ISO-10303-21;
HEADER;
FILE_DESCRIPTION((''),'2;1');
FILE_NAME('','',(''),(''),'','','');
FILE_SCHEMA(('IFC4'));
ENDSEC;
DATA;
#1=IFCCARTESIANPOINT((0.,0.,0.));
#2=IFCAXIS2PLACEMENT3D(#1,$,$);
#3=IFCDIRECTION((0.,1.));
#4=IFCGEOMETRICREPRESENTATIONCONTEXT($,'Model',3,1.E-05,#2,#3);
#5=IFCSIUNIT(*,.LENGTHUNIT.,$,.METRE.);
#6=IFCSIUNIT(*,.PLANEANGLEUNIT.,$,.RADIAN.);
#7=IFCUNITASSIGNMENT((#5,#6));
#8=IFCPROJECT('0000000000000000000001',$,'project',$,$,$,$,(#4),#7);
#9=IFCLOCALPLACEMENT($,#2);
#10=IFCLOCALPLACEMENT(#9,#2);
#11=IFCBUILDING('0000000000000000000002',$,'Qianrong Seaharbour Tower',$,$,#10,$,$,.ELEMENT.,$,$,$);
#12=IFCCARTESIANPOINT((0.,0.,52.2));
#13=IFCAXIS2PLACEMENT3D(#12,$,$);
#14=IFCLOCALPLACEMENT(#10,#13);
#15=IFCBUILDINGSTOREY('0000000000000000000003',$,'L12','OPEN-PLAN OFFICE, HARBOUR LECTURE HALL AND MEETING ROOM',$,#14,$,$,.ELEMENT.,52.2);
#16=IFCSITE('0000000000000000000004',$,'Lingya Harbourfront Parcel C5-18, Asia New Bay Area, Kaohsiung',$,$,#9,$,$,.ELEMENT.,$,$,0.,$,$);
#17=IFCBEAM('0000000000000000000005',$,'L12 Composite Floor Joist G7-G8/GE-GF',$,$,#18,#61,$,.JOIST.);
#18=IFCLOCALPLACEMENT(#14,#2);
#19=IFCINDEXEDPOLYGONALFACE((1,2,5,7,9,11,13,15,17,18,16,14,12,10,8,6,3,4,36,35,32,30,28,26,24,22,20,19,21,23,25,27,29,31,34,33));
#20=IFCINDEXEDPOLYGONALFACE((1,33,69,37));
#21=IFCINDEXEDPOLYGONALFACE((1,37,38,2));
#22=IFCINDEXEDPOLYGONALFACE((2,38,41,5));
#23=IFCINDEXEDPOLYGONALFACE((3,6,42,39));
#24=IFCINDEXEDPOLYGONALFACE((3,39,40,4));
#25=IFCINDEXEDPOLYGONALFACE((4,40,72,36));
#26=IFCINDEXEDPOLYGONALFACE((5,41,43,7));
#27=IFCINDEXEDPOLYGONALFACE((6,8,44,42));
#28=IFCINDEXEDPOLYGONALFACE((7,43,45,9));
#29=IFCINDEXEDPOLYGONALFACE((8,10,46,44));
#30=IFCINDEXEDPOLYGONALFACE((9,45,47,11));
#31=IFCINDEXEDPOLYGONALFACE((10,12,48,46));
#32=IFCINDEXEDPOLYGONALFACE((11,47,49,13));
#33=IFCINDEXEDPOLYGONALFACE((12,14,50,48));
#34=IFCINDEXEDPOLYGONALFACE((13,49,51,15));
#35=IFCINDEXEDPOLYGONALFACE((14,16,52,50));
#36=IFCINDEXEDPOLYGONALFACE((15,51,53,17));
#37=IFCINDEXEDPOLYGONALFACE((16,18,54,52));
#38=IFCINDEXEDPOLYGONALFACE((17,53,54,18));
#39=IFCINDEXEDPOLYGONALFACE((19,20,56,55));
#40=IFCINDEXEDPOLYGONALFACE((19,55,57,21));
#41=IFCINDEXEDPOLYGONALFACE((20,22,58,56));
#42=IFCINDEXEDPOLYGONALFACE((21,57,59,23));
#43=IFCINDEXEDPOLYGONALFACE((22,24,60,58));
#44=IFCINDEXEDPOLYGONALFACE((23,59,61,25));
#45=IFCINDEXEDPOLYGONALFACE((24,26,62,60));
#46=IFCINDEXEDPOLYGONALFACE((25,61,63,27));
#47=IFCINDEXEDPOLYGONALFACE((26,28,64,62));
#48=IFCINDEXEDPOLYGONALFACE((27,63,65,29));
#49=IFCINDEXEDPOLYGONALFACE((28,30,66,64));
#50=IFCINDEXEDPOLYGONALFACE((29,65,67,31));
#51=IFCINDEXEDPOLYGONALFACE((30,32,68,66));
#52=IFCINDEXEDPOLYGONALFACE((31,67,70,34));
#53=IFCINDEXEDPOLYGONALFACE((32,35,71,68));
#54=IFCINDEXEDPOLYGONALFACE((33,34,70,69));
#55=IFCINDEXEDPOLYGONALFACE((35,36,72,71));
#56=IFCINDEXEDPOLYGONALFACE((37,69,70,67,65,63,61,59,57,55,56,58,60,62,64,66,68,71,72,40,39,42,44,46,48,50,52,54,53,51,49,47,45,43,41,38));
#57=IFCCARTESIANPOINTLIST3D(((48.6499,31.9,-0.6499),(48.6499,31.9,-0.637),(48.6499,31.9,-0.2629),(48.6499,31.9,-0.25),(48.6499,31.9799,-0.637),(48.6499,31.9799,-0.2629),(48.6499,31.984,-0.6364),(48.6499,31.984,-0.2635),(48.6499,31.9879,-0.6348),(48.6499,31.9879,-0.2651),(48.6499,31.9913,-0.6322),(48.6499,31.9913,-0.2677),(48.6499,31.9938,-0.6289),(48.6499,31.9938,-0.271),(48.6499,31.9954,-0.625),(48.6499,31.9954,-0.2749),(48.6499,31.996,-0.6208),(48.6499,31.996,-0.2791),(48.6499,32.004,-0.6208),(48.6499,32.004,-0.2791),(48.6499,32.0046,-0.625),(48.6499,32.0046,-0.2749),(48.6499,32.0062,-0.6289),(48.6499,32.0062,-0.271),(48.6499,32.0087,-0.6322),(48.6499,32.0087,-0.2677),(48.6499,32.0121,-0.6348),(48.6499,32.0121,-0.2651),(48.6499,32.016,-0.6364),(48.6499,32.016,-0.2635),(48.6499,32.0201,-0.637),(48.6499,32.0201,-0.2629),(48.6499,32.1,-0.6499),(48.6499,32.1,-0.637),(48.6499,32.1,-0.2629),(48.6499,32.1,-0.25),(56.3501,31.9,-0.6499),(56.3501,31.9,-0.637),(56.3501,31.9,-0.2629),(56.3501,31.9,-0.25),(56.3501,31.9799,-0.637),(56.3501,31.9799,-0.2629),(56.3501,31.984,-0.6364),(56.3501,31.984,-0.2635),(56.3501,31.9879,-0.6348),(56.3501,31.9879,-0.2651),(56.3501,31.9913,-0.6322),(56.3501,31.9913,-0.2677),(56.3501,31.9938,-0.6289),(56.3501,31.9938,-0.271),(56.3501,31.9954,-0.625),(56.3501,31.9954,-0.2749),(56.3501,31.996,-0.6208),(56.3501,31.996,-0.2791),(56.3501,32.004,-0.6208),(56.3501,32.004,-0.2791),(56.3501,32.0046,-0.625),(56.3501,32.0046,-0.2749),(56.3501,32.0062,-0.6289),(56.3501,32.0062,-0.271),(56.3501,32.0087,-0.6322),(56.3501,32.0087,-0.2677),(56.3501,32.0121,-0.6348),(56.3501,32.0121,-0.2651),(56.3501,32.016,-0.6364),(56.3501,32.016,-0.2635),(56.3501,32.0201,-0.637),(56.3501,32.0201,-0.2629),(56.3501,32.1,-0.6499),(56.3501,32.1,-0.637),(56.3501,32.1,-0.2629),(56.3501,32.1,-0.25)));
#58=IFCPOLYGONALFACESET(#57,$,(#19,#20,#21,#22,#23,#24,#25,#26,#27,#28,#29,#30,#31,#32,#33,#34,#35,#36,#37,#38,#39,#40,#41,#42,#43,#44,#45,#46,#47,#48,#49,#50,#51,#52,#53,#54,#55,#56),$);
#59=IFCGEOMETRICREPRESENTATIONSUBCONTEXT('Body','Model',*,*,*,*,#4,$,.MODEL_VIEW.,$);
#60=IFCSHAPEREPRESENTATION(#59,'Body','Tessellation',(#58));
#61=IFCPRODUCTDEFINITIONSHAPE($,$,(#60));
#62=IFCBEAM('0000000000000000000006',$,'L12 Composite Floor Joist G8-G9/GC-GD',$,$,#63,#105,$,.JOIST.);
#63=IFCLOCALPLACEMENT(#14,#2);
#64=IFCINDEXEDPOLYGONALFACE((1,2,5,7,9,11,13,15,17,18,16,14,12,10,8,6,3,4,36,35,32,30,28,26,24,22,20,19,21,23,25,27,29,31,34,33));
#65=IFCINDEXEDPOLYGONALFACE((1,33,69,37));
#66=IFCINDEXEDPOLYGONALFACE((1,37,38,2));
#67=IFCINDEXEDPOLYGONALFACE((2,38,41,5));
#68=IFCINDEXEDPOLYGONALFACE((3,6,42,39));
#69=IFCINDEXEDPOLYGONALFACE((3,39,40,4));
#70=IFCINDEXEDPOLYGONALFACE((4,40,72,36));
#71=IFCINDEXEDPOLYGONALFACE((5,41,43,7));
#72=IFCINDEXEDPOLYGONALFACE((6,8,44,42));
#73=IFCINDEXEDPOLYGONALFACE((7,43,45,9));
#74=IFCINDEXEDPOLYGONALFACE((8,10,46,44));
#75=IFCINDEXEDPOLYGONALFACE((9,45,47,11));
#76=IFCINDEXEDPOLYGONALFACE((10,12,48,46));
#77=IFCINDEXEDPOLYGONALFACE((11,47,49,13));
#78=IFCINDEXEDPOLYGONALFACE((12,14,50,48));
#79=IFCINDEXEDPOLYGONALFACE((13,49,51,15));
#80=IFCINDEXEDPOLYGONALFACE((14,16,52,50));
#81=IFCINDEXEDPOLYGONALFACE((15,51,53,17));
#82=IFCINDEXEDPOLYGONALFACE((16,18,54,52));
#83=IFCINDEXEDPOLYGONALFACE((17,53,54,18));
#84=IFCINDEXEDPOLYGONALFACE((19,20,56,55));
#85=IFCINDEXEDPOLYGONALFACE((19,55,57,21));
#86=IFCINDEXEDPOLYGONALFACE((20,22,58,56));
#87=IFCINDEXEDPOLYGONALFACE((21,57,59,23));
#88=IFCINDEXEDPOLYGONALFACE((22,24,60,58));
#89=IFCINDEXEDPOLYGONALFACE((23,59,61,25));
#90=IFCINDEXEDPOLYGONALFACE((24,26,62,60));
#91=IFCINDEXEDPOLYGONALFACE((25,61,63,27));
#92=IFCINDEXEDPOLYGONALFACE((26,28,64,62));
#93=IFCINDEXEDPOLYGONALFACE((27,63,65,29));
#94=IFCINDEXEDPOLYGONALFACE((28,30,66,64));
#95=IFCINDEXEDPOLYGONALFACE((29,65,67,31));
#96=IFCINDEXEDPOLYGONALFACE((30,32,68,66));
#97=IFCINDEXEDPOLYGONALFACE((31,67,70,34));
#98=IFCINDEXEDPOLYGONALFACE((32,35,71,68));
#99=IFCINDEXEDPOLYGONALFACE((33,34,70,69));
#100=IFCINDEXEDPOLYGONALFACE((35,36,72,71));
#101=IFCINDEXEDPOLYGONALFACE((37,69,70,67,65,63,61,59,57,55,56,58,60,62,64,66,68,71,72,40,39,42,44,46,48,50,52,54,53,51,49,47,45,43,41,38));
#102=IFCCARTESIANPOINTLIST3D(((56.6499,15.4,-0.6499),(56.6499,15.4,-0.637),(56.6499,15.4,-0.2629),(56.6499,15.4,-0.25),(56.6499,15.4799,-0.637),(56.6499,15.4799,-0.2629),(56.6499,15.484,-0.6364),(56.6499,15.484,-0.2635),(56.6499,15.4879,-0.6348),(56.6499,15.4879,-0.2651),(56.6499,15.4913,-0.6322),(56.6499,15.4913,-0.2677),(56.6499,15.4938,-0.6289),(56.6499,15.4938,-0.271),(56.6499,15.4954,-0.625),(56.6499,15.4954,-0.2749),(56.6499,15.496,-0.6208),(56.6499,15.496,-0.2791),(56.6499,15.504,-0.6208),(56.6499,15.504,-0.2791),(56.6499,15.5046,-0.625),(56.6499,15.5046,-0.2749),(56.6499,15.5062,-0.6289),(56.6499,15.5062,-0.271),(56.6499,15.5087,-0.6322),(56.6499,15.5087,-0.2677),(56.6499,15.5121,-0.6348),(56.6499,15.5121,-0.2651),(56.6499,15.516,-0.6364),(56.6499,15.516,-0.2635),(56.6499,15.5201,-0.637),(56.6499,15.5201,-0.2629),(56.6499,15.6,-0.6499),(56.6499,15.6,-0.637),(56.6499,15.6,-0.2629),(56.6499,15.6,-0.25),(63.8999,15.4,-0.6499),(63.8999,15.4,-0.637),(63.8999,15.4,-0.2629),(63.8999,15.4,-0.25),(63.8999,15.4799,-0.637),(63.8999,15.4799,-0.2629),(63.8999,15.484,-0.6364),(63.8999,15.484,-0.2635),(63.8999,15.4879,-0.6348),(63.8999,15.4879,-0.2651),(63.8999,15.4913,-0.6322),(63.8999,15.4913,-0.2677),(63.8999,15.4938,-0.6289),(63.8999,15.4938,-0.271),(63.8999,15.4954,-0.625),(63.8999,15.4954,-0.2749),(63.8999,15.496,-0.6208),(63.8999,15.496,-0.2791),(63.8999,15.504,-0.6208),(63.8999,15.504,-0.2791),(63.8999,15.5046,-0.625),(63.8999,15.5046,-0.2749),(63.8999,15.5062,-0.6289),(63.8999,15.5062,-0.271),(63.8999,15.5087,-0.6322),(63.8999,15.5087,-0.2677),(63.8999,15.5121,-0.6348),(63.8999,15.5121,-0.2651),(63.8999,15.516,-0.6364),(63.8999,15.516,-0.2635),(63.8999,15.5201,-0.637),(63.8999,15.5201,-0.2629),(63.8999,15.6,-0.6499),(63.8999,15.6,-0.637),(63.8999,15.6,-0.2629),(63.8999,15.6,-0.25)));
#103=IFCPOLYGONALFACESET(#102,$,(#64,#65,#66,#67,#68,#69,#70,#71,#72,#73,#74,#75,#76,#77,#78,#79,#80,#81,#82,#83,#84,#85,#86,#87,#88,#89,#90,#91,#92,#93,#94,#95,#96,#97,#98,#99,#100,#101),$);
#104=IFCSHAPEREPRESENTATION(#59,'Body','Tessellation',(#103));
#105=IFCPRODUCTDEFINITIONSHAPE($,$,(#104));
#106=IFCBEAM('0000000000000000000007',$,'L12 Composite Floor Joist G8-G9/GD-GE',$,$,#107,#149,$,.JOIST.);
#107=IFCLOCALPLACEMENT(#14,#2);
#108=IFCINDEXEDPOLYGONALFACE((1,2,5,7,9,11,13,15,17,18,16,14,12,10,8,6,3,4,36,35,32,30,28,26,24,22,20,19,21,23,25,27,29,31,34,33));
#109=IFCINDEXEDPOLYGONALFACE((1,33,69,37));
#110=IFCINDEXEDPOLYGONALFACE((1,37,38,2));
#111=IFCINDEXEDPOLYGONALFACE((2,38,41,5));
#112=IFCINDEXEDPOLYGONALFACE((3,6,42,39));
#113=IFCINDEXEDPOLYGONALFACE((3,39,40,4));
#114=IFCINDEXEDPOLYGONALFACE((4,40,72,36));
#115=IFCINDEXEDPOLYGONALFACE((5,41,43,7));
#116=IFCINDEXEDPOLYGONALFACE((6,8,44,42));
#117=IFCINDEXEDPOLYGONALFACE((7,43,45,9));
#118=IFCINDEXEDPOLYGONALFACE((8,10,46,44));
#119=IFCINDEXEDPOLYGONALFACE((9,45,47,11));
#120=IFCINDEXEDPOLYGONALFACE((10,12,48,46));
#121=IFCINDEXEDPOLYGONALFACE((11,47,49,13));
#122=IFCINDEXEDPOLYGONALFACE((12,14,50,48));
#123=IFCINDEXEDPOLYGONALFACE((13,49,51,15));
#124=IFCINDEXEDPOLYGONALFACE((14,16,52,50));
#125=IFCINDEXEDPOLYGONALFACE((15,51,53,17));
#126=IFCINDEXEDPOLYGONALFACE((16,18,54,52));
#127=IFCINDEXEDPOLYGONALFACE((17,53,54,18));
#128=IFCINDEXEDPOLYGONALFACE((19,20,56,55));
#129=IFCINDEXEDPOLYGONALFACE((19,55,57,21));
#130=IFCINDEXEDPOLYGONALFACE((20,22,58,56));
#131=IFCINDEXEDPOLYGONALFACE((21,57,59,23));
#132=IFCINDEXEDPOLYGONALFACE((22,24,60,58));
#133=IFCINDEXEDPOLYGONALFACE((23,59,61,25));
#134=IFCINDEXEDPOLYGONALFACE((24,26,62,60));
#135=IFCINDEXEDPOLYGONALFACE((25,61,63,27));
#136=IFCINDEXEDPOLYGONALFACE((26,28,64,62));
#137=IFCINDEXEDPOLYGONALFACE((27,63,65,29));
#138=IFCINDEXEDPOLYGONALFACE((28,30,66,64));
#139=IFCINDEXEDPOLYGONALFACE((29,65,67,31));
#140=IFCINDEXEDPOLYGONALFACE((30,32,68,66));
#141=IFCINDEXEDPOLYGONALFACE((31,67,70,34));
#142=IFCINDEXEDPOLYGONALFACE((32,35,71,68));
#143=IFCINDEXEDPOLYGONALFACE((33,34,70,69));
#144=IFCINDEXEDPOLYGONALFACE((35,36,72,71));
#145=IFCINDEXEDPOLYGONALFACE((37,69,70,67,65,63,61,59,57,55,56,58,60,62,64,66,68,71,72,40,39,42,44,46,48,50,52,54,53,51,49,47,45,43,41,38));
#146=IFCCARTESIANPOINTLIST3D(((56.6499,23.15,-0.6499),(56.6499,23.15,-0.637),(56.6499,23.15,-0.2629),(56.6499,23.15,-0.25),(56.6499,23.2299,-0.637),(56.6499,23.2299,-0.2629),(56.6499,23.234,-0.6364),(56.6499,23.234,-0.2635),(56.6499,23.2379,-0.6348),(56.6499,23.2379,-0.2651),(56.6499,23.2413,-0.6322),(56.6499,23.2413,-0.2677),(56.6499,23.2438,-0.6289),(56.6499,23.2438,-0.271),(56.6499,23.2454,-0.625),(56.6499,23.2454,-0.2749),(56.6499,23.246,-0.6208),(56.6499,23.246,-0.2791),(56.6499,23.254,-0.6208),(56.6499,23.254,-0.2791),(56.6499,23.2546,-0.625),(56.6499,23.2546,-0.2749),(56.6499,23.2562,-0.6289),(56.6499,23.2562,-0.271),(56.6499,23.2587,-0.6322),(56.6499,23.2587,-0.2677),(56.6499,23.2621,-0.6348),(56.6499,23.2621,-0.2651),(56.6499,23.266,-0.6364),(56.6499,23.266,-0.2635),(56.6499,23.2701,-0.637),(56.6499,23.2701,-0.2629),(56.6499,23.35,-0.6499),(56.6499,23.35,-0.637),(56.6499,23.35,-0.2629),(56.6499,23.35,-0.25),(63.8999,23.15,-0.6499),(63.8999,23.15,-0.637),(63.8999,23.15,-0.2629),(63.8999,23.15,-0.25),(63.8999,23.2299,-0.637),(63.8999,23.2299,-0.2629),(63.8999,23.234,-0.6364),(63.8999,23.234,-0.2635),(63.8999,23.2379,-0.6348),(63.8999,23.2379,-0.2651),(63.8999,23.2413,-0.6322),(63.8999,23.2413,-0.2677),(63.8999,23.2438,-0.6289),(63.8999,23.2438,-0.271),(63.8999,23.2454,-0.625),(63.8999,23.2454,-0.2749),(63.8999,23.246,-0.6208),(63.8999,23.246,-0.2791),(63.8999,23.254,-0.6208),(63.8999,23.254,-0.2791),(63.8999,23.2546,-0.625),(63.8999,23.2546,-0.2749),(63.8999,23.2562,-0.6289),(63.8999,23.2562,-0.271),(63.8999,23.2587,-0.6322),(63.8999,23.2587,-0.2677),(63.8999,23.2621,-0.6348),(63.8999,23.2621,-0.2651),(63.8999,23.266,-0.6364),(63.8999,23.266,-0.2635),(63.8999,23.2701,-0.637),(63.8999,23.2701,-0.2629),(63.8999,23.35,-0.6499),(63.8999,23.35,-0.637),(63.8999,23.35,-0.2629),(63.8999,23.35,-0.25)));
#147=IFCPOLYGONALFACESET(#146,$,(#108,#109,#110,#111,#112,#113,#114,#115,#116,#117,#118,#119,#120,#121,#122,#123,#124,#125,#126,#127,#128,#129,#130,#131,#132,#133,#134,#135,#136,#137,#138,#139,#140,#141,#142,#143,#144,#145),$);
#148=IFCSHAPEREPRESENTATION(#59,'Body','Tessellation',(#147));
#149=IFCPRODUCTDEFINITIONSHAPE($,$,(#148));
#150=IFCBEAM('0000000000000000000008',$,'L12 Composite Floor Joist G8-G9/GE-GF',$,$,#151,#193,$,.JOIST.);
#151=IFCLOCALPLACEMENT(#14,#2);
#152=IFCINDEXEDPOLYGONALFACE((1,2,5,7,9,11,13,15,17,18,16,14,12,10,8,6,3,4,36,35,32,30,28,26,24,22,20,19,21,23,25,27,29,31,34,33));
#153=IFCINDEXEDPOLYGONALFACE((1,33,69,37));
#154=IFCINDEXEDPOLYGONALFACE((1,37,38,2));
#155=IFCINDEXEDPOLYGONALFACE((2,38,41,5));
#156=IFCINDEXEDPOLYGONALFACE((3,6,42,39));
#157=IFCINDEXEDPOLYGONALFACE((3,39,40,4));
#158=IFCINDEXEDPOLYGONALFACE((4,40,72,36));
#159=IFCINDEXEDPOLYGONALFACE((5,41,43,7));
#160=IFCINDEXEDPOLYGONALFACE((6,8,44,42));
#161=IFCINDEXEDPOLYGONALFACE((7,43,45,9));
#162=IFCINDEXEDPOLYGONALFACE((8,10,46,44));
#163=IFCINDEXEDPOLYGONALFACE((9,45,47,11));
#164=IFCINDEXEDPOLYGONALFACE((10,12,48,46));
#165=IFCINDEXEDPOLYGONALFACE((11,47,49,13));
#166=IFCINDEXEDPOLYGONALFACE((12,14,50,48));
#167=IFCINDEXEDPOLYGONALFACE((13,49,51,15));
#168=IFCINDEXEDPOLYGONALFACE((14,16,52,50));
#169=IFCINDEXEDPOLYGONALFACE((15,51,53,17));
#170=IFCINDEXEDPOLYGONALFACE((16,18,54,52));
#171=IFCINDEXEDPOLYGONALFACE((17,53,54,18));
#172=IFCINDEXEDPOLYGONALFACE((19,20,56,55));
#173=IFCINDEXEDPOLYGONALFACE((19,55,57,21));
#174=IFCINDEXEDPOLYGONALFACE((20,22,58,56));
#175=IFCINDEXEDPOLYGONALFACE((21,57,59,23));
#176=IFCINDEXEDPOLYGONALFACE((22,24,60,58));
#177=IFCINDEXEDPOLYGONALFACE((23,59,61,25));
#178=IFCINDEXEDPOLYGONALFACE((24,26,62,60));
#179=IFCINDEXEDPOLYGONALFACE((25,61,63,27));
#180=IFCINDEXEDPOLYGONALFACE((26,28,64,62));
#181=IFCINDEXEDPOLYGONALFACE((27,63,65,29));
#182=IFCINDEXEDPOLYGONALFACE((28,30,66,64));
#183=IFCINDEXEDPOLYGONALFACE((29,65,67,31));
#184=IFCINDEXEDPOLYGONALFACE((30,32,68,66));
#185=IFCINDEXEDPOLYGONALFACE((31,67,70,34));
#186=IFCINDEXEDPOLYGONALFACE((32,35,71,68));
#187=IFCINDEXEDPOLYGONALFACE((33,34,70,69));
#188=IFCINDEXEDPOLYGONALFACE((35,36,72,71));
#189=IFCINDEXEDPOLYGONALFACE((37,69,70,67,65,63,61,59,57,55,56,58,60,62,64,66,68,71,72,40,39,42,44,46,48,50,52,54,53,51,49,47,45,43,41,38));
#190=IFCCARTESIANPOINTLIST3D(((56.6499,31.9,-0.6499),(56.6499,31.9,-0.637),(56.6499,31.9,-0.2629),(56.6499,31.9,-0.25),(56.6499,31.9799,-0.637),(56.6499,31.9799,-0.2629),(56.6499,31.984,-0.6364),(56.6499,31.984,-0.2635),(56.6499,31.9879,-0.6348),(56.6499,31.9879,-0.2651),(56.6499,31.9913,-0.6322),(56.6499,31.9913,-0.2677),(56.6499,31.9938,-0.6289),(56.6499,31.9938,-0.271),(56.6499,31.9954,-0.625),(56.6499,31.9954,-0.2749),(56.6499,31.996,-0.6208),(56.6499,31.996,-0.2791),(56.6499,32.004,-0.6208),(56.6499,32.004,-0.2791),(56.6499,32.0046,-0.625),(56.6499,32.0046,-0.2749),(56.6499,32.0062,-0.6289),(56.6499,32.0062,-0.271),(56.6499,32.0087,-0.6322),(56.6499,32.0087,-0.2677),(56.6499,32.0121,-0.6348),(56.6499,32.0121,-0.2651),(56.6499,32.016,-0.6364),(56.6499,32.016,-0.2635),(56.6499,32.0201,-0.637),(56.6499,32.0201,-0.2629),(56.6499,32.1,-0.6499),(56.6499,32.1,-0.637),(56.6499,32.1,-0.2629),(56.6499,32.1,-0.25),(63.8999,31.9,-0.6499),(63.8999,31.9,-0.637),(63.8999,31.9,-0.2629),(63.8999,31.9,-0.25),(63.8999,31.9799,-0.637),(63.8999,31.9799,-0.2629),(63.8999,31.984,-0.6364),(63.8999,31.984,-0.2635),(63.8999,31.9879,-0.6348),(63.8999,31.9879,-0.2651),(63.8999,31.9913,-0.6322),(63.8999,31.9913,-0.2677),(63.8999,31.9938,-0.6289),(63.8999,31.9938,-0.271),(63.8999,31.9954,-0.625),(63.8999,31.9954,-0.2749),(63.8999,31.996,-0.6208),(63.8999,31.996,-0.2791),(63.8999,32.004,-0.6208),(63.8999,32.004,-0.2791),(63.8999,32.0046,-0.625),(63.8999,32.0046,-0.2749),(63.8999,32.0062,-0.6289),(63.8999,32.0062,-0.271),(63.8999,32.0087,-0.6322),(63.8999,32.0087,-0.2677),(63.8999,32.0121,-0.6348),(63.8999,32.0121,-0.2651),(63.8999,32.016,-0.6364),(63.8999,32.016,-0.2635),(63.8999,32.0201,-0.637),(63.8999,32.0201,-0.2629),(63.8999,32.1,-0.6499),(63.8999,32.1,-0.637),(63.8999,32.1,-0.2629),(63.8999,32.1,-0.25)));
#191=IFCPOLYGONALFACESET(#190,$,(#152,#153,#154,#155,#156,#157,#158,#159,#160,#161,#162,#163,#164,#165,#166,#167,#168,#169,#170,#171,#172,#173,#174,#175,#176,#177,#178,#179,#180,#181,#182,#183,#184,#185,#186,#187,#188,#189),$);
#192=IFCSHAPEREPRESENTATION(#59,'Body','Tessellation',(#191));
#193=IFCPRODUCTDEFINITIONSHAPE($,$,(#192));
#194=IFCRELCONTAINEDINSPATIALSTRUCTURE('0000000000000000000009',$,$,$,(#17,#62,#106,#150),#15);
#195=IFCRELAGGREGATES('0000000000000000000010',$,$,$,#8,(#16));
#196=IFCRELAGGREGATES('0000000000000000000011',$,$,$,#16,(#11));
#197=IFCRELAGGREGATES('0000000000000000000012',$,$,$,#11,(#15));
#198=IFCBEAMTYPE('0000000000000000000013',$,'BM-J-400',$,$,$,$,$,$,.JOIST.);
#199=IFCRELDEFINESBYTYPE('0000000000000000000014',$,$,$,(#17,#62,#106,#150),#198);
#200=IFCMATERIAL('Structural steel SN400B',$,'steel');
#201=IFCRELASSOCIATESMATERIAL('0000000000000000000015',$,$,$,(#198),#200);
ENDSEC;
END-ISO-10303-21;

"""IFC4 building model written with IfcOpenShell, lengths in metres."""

from ifc_helpers import new_model, si_unit, direction, frame, origin, origin_2d, place, context, subcontext, project, spatial, i_section, extrude, material, material_profile, profile_set, type_object, element, save


model = new_model("IFC4")

# Units and contexts
model_context = context("Model", 3, precision=1e-05, world=origin(), true_north=direction((0.0, 1.0)))
body_context = subcontext(model_context, "Body", "Model", "MODEL_VIEW")
ifc_project = project(units=[si_unit("LENGTHUNIT", "METRE"), si_unit("PLANEANGLEUNIT", "RADIAN")], contexts=[model_context])

# Site, building, storey
site_placement = place(None, origin())
site = spatial("IfcSite", under=ifc_project, at=site_placement, Name="Lingya Harbourfront Parcel C5-18, Asia New Bay Area, Kaohsiung", CompositionType="ELEMENT", RefElevation=0.0)
building_placement = place(site_placement, origin())
building = spatial("IfcBuilding", under=site, at=building_placement, Name="Qianrong Seaharbour Tower", CompositionType="ELEMENT")
storey_placement = place(building_placement, frame((0.0, 0.0, 52.2)))
storey = spatial("IfcBuildingStorey", under=building, at=storey_placement, Name="L12", Description="OPEN-PLAN OFFICE, HARBOUR LECTURE HALL AND MEETING ROOM", CompositionType="ELEMENT", Elevation=52.2)

# Beams
ifc_material_1 = material(Name="Structural steel SN400B", Category="steel")
ifc_material_profile_1 = material_profile(ifc_material_1, i_section(OverallWidth=0.2, OverallDepth=0.3999, WebThickness=0.0081, FlangeThickness=0.0129, FilletRadius=0.0161, at=origin_2d()), Name="H400x200x8x13")
ifc_profile_set_1 = profile_set([ifc_material_profile_1], Name="Structural steel SN400B")
beam_type_1 = type_object("IfcBeamType", Name="BM-J-400", PredefinedType="JOIST", material=ifc_profile_set_1)
for number, where, z_axis, x_axis, name in (
    (1, (48.6499, 32.0, -0.45), (1.0, 0.0, 0.0), (0.0, 1.0, 0.0), "L12 Composite Floor Joist G7-G8/GE-GF"),
):
    element("IfcBeam", number, at=place(storey_placement, frame(where, z_axis=z_axis, x_axis=x_axis)), inside=storey, type_object=beam_type_1, Name=name, PredefinedType="JOIST", context=body_context, shape_type="SweptSolid", body=[
        extrude(i_section(OverallWidth=0.2, OverallDepth=0.3999, WebThickness=0.0081, FlangeThickness=0.0129, FilletRadius=0.0161, at=origin_2d()), origin(), (0.0, 0.0, 1.0), 7.7002),
    ])
for number, where, z_axis, x_axis, name in (
    (2, (56.6499, 15.5, -0.45), (1.0, 0.0, 0.0), (0.0, 1.0, 0.0), "L12 Composite Floor Joist G8-G9/GC-GD"),
    (3, (56.6499, 23.25, -0.45), (1.0, 0.0, 0.0), (0.0, 1.0, 0.0), "L12 Composite Floor Joist G8-G9/GD-GE"),
    (4, (56.6499, 32.0, -0.45), (1.0, 0.0, 0.0), (0.0, 1.0, 0.0), "L12 Composite Floor Joist G8-G9/GE-GF"),
):
    element("IfcBeam", number, at=place(storey_placement, frame(where, z_axis=z_axis, x_axis=x_axis)), inside=storey, type_object=beam_type_1, Name=name, PredefinedType="JOIST", context=body_context, shape_type="SweptSolid", body=[
        extrude(i_section(OverallWidth=0.2, OverallDepth=0.3999, WebThickness=0.0081, FlangeThickness=0.0129, FilletRadius=0.0161, at=origin_2d()), origin(), (0.0, 0.0, 1.0), 7.25),
    ])

save(model, "model.ifc")
